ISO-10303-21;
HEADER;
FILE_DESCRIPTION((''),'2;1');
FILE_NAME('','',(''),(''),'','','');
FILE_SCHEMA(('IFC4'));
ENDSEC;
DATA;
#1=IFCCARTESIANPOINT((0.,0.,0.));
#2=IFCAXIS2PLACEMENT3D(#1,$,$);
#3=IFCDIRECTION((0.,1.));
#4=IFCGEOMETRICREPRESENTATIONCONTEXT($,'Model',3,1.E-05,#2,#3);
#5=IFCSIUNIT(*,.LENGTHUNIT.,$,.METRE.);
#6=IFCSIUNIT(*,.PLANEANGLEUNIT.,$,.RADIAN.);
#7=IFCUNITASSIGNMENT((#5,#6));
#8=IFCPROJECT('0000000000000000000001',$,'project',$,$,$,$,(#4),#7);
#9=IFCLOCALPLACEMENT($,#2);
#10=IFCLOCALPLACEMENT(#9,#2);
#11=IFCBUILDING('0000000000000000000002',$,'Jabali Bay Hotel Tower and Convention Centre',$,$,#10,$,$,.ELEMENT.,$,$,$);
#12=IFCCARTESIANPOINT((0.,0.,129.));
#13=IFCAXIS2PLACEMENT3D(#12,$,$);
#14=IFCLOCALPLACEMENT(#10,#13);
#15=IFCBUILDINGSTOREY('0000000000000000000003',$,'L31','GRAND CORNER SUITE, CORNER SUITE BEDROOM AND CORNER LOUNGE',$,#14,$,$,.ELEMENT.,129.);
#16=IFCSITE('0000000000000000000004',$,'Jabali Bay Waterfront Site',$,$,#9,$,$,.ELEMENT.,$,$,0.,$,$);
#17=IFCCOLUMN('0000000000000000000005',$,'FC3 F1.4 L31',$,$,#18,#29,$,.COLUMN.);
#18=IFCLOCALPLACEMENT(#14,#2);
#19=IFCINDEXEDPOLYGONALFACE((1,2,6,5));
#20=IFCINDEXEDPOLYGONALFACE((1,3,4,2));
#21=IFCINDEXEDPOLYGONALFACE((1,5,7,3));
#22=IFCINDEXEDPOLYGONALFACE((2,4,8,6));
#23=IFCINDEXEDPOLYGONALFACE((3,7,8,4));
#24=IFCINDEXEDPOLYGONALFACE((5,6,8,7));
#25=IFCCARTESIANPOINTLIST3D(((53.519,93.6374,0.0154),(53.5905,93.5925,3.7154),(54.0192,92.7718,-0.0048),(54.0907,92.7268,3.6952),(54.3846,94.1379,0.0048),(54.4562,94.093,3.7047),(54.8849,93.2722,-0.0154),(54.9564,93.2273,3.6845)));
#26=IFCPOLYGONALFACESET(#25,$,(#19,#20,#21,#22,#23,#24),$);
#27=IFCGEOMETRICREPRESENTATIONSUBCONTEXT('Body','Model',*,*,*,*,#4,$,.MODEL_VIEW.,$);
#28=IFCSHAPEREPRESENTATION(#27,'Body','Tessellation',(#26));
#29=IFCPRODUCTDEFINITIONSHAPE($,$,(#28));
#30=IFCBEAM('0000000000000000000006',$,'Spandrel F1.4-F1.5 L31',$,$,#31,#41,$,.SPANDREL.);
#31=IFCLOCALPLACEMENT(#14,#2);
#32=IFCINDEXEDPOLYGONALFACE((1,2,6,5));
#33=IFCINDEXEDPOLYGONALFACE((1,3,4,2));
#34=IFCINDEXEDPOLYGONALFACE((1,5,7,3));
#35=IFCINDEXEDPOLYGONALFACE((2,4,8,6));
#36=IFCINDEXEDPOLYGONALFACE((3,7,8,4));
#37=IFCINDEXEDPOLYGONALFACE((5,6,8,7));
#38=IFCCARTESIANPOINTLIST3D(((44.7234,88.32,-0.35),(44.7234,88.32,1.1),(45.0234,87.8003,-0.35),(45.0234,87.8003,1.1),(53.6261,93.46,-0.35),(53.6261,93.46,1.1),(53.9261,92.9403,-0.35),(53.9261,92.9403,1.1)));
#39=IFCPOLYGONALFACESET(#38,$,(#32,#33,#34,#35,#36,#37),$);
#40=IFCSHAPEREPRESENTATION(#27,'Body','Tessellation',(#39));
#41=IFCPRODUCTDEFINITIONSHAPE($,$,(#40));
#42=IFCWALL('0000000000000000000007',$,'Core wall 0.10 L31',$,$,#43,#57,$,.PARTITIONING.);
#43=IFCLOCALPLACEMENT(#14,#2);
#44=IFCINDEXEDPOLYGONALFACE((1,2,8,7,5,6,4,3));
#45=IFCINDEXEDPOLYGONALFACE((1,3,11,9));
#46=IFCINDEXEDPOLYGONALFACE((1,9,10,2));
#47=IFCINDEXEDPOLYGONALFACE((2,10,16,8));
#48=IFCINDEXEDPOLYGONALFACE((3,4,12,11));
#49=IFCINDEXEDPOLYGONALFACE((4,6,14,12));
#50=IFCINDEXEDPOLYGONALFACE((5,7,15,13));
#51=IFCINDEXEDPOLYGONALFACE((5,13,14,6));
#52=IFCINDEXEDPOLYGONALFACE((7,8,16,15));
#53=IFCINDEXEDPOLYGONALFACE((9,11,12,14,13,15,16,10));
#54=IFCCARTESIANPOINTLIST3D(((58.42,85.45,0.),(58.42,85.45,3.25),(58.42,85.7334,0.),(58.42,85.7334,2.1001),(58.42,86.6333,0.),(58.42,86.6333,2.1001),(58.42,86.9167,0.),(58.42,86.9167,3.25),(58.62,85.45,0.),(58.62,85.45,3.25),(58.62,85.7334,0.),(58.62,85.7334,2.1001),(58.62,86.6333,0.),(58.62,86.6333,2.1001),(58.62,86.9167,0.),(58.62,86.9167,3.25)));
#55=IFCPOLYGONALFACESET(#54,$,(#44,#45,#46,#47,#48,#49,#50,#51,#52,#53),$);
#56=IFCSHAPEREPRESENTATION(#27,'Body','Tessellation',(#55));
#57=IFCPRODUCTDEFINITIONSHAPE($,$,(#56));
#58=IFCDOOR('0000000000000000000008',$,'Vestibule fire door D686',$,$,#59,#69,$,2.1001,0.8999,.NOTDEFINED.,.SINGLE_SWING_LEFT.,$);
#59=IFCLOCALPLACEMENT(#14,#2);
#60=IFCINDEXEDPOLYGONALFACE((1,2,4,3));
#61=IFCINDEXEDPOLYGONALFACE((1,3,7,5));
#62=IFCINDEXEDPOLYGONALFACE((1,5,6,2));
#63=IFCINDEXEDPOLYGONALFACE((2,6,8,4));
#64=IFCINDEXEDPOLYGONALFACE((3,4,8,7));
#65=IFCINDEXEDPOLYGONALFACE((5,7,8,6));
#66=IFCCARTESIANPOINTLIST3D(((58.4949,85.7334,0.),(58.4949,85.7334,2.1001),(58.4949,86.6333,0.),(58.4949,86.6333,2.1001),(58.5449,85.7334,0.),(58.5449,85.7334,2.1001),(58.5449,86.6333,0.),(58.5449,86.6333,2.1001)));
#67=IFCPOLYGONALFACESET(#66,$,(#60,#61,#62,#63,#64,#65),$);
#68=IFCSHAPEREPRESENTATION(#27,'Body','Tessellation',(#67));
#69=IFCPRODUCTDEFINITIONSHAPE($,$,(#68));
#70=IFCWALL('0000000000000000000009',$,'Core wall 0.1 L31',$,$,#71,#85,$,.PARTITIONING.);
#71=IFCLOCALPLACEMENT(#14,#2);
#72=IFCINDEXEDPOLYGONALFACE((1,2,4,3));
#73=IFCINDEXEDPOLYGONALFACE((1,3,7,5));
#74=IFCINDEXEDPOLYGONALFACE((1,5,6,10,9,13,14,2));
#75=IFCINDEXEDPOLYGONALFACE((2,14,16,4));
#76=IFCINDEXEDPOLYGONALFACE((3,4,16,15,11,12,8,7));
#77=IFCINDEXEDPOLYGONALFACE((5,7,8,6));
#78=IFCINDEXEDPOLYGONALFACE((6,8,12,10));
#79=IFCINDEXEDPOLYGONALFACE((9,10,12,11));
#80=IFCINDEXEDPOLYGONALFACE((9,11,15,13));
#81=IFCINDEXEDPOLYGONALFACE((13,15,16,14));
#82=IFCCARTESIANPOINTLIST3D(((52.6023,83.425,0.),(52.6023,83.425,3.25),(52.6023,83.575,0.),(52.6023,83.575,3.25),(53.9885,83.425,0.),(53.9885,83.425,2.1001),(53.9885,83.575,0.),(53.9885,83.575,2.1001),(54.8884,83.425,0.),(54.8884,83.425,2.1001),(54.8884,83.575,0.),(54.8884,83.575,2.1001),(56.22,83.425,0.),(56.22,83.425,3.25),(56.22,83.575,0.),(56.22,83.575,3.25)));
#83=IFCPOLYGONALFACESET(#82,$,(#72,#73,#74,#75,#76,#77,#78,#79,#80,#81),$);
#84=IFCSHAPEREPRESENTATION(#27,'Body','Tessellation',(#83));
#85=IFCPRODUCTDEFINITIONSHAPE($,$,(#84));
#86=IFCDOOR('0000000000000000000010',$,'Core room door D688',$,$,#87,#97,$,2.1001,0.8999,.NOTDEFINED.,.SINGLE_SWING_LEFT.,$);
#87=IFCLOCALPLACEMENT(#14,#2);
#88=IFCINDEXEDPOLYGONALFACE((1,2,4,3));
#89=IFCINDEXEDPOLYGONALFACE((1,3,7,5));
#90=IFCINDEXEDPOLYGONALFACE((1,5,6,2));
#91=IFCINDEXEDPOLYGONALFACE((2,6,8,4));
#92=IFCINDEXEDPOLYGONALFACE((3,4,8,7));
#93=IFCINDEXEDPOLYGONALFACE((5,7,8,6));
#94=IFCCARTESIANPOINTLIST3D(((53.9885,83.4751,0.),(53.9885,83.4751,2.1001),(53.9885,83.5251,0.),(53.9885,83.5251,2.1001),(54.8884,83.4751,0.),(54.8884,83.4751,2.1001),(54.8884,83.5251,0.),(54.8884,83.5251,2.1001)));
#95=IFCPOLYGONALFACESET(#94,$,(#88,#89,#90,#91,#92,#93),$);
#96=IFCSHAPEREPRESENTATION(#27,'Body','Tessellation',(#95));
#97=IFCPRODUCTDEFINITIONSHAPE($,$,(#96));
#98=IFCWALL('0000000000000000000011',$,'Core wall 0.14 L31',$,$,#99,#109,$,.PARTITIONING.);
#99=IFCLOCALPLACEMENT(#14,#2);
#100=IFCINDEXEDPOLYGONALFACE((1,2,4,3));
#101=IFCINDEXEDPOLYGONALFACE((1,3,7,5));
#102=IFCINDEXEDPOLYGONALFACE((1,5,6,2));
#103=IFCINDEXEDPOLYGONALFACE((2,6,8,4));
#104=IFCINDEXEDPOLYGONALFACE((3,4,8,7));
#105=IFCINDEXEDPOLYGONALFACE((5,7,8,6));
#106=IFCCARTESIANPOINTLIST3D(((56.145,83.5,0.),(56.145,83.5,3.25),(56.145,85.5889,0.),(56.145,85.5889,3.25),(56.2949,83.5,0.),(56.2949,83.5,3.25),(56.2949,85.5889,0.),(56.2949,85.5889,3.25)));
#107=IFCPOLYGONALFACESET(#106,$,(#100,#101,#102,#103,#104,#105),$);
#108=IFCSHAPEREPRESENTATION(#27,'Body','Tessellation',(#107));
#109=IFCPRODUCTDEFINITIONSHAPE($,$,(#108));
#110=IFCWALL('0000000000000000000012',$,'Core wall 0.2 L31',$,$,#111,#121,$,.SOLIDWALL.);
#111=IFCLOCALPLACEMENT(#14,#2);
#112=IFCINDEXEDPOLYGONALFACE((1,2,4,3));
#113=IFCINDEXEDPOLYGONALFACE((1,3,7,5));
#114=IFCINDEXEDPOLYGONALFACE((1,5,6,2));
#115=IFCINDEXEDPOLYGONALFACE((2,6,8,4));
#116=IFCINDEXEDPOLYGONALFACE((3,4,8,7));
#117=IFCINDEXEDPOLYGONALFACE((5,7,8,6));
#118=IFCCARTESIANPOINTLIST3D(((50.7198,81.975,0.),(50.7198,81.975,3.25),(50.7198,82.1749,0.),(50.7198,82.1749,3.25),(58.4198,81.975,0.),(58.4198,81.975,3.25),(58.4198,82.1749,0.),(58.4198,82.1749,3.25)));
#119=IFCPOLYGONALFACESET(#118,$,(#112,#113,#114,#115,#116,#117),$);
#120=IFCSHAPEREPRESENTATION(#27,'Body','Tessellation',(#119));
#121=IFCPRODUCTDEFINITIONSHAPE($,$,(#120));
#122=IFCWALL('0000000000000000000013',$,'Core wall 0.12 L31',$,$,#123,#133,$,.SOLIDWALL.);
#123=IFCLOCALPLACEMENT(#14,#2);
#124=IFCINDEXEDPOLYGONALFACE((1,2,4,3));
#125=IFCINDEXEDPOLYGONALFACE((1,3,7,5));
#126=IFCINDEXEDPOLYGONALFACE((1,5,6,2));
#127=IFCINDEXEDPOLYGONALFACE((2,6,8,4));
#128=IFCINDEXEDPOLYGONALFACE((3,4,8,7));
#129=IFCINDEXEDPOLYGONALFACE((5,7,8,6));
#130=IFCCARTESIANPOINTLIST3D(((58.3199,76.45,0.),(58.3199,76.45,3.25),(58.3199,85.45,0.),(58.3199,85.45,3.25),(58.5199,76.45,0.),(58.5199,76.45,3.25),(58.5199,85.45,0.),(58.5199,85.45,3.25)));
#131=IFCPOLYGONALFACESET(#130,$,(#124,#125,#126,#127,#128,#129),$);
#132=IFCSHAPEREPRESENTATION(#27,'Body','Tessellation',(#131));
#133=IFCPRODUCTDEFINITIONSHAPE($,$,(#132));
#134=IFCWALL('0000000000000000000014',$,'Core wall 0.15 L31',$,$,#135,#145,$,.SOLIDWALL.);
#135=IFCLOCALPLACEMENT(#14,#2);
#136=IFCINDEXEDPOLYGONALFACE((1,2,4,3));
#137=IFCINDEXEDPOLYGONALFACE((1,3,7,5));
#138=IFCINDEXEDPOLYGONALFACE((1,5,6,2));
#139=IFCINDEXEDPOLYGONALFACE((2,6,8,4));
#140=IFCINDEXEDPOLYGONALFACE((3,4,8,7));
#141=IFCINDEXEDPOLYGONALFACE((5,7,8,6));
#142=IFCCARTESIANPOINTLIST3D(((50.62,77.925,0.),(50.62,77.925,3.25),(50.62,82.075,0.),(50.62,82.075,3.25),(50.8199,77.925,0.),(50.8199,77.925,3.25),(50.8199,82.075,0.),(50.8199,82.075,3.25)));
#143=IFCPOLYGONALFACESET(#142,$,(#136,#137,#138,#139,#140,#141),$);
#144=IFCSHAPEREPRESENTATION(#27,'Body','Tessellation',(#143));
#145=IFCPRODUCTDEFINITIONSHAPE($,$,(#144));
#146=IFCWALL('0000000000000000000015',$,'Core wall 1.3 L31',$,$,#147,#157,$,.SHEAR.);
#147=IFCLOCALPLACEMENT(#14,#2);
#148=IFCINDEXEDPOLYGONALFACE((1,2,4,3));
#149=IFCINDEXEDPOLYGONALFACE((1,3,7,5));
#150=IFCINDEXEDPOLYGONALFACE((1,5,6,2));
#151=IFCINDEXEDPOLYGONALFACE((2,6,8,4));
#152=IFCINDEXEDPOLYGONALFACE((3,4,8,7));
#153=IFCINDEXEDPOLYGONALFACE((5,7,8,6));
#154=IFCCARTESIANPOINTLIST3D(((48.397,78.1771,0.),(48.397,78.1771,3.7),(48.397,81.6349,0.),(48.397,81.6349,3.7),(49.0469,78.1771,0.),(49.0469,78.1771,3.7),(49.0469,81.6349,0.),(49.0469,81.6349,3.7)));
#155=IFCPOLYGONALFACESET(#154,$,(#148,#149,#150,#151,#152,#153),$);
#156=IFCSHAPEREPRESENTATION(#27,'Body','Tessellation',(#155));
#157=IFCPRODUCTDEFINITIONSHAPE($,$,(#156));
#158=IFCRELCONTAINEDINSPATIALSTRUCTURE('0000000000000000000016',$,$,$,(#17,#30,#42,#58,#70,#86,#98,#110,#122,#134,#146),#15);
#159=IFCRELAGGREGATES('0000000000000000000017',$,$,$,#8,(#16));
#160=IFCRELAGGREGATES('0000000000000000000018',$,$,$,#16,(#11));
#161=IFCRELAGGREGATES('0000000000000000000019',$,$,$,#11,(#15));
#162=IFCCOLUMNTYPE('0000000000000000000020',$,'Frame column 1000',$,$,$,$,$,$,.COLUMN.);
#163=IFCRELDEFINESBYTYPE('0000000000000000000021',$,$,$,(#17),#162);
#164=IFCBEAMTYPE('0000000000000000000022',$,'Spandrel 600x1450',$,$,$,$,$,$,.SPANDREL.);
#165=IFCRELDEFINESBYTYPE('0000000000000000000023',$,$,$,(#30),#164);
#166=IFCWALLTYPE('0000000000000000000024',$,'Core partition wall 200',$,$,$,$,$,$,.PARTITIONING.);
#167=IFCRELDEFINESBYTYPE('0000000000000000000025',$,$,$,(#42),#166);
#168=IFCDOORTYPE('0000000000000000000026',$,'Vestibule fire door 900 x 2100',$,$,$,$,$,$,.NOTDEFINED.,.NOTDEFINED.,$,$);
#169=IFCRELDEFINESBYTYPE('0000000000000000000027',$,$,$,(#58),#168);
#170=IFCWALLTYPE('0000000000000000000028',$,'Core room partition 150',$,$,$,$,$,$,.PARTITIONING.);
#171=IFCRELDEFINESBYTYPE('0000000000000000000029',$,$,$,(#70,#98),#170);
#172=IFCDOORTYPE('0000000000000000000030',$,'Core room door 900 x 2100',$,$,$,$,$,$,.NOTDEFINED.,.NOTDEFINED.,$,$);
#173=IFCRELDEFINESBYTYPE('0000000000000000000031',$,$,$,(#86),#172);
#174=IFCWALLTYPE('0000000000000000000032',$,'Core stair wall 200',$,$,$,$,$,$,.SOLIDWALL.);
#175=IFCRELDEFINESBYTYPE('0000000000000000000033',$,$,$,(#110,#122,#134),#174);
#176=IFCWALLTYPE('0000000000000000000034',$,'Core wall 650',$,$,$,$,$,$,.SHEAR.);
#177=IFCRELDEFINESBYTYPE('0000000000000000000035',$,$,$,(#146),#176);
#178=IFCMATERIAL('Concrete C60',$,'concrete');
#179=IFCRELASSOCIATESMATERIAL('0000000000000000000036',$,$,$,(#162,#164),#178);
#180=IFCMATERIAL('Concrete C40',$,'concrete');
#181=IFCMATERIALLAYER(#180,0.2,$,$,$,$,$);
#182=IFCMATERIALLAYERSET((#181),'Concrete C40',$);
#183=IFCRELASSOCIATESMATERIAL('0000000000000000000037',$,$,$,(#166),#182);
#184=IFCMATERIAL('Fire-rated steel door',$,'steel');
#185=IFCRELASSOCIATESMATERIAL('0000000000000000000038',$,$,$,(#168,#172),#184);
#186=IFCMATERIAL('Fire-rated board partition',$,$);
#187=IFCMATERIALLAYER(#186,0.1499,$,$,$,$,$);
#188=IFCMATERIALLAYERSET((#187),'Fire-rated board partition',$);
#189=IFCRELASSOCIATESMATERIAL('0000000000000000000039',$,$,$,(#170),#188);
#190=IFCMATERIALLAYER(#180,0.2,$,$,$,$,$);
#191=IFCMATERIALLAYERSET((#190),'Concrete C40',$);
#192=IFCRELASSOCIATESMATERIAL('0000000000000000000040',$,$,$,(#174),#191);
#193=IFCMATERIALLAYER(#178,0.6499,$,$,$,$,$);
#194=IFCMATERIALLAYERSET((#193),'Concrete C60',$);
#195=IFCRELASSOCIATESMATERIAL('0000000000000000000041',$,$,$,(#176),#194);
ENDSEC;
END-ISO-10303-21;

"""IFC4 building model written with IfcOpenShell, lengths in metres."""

from ifc_helpers import new_model, si_unit, direction, frame, frame_2d, origin, origin_2d, place, context, subcontext, project, spatial, rectangle, extrude, material, layer, layer_set, material_profile, profile_set, type_object, element, fill, save


model = new_model("IFC4")

# Units and contexts
model_context = context("Model", 3, precision=1e-05, world=origin(), true_north=direction((0.0, 1.0)))
body_context = subcontext(model_context, "Body", "Model", "MODEL_VIEW")
ifc_project = project(units=[si_unit("LENGTHUNIT", "METRE"), si_unit("PLANEANGLEUNIT", "RADIAN")], contexts=[model_context])

# Site, building, storey
site_placement = place(None, origin())
site = spatial("IfcSite", under=ifc_project, at=site_placement, Name="Jabali Bay Waterfront Site", CompositionType="ELEMENT", RefElevation=0.0)
building_placement = place(site_placement, origin())
building = spatial("IfcBuilding", under=site, at=building_placement, Name="Jabali Bay Hotel Tower and Convention Centre", CompositionType="ELEMENT")
storey_placement = place(building_placement, frame((0.0, 0.0, 129.0)))
storey = spatial("IfcBuildingStorey", under=building, at=storey_placement, Name="L31", Description="GRAND CORNER SUITE, CORNER SUITE BEDROOM AND CORNER LOUNGE", CompositionType="ELEMENT", Elevation=129.0)

# Column
ifc_material_1 = material(Name="Concrete C60", Category="concrete")
ifc_material_profile_1 = material_profile(ifc_material_1, rectangle(XDim=1.0, YDim=1.0, at=origin_2d()), Name="Frame column 1000")
ifc_profile_set_1 = profile_set([ifc_material_profile_1], Name="Concrete C60")
column_type = type_object("IfcColumnType", Name="Frame column 1000", PredefinedType="COLUMN", material=ifc_profile_set_1)
column_placement = place(storey_placement, frame((54.2019, 93.4548, 0.0), z_axis=(0.019329, -0.012138, 0.99974), x_axis=(-0.500214, 0.865666, 0.020181)))
element("IfcColumn", 1, at=column_placement, inside=storey, type_object=column_type, Name="FC3 F1.4 L31", PredefinedType="COLUMN", context=body_context, shape_type="SweptSolid", body=[
    extrude(rectangle(XDim=1.0, YDim=1.0, at=origin_2d()), origin(), (0.0, 0.0, 1.0), 3.7009),
])

# Beam
ifc_material_profile_2 = material_profile(ifc_material_1, rectangle(XDim=0.6001, YDim=1.45, at=origin_2d()), Name="Spandrel 600x1450")
ifc_profile_set_2 = profile_set([ifc_material_profile_2], Name="Concrete C60")
beam_type = type_object("IfcBeamType", Name="Spandrel 600x1450", PredefinedType="SPANDREL", material=ifc_profile_set_2)
beam_placement = place(storey_placement, frame((53.7761, 93.2002, 0.375), z_axis=(-0.866022, -0.500006, 0.0), x_axis=(0.500006, -0.866022, 0.0)))
element("IfcBeam", 2, at=beam_placement, inside=storey, type_object=beam_type, Name="Spandrel F1.4-F1.5 L31", PredefinedType="SPANDREL", context=body_context, shape_type="SweptSolid", body=[
    extrude(rectangle(XDim=0.6001, YDim=1.45, at=origin_2d()), origin(), (0.0, 0.0, 1.0), 10.28),
])

# Walls, openings, doors
ifc_material_2 = material(Name="Concrete C40", Category="concrete")
ifc_layer_1 = layer(ifc_material_2, 0.2)
ifc_layer_set_1 = layer_set([ifc_layer_1], Name="Concrete C40")
wall_type_1 = type_object("IfcWallType", Name="Core partition wall 200", PredefinedType="PARTITIONING", material=ifc_layer_set_1)
wall_1_placement = place(storey_placement, frame((58.52, 86.9167, 0.0), z_axis=(0.0, 0.0, 1.0), x_axis=(0.0, -1.0, 0.0)))
wall_1 = element("IfcWall", 3, at=wall_1_placement, inside=storey, type_object=wall_type_1, Name="Core wall 0.10 L31", PredefinedType="PARTITIONING", context=body_context, shape_type="SweptSolid", body=[
    extrude(rectangle(XDim=1.4668, YDim=0.2, at=frame_2d((0.7334, 0.0))), origin(), (0.0, 0.0, 1.0), 3.25),
])
opening_1_placement = place(wall_1_placement, frame((0.2834, 0.0, 0.0)))
opening_1 = element("IfcOpeningElement", 4, at=opening_1_placement, cuts=wall_1, PredefinedType="OPENING", context=body_context, shape_type="SweptSolid", body=[
    extrude(rectangle(XDim=0.8999, YDim=2.1001, at=frame_2d((0.45, 1.05))), frame((0.0, 0.1104, 0.0), z_axis=(0.0, -1.0, 0.0), x_axis=(1.0, 0.0, 0.0)), (0.0, 0.0, 1.0), 0.2209),
])
ifc_material_3 = material(Name="Fire-rated steel door", Category="steel")
door_type_1 = type_object("IfcDoorType", Name="Vestibule fire door 900 x 2100", OperationType="NOTDEFINED", PredefinedType="NOTDEFINED", material=ifc_material_3)
door_1_placement = place(opening_1_placement, origin())
door_1 = element("IfcDoor", 5, at=door_1_placement, inside=storey, type_object=door_type_1, Name="Vestibule fire door D686", OperationType="SINGLE_SWING_LEFT", OverallHeight=2.1001, OverallWidth=0.8999, PredefinedType="NOTDEFINED", context=body_context, shape_type="SweptSolid", body=[
    extrude(rectangle(XDim=0.8999, YDim=2.1001, at=frame_2d((0.45, 1.05))), frame((0.0, 0.0249, 0.0), z_axis=(0.0, -1.0, 0.0), x_axis=(1.0, 0.0, 0.0)), (0.0, 0.0, 1.0), 0.05),
])
fill(opening_1, door_1)
ifc_material_4 = material(Name="Fire-rated board partition")
ifc_layer_2 = layer(ifc_material_4, 0.1499)
ifc_layer_set_2 = layer_set([ifc_layer_2], Name="Fire-rated board partition")
wall_type_2 = type_object("IfcWallType", Name="Core room partition 150", PredefinedType="PARTITIONING", material=ifc_layer_set_2)
wall_2_placement = place(storey_placement, frame((56.22, 83.5, 0.0), z_axis=(0.0, 0.0, 1.0), x_axis=(-1.0, 0.0, 0.0)))
wall_2 = element("IfcWall", 6, at=wall_2_placement, inside=storey, type_object=wall_type_2, Name="Core wall 0.1 L31", PredefinedType="PARTITIONING", context=body_context, shape_type="SweptSolid", body=[
    extrude(rectangle(XDim=3.6177, YDim=0.1499, at=frame_2d((1.8088, 0.0))), origin(), (0.0, 0.0, 1.0), 3.25),
])
opening_2_placement = place(wall_2_placement, frame((1.3315, 0.0, 0.0)))
opening_2 = element("IfcOpeningElement", 7, at=opening_2_placement, cuts=wall_2, PredefinedType="OPENING", context=body_context, shape_type="SweptSolid", body=[
    extrude(rectangle(XDim=0.8999, YDim=2.1001, at=frame_2d((0.45, 1.05))), frame((0.0, 0.0854, 0.0), z_axis=(0.0, -1.0, 0.0), x_axis=(1.0, 0.0, 0.0)), (0.0, 0.0, 1.0), 0.1709),
])
door_type_2 = type_object("IfcDoorType", Name="Core room door 900 x 2100", OperationType="NOTDEFINED", PredefinedType="NOTDEFINED", material=ifc_material_3)
door_2_placement = place(opening_2_placement, origin())
door_2 = element("IfcDoor", 8, at=door_2_placement, inside=storey, type_object=door_type_2, Name="Core room door D688", OperationType="SINGLE_SWING_LEFT", OverallHeight=2.1001, OverallWidth=0.8999, PredefinedType="NOTDEFINED", context=body_context, shape_type="SweptSolid", body=[
    extrude(rectangle(XDim=0.8999, YDim=2.1001, at=frame_2d((0.45, 1.05))), frame((0.0, 0.0249, 0.0), z_axis=(0.0, -1.0, 0.0), x_axis=(1.0, 0.0, 0.0)), (0.0, 0.0, 1.0), 0.05),
])
fill(opening_2, door_2)

# Walls
wall_3_placement = place(storey_placement, frame((56.22, 85.5889, 0.0), z_axis=(0.0, 0.0, 1.0), x_axis=(0.0, -1.0, 0.0)))
element("IfcWall", 9, at=wall_3_placement, inside=storey, type_object=wall_type_2, Name="Core wall 0.14 L31", PredefinedType="PARTITIONING", context=body_context, shape_type="SweptSolid", body=[
    extrude(rectangle(XDim=2.0889, YDim=0.1499, at=frame_2d((1.0444, 0.0))), origin(), (0.0, 0.0, 1.0), 3.25),
])
ifc_layer_3 = layer(ifc_material_2, 0.2)
ifc_layer_set_3 = layer_set([ifc_layer_3], Name="Concrete C40")
wall_type_3 = type_object("IfcWallType", Name="Core stair wall 200", PredefinedType="SOLIDWALL", material=ifc_layer_set_3)
wall_4_placement = place(storey_placement, frame((58.4199, 82.075, 0.0), z_axis=(0.0, 0.0, 1.0), x_axis=(-1.0, 0.0, 0.0)))
element("IfcWall", 10, at=wall_4_placement, inside=storey, type_object=wall_type_3, Name="Core wall 0.2 L31", PredefinedType="SOLIDWALL", context=body_context, shape_type="SweptSolid", body=[
    extrude(rectangle(XDim=7.7, YDim=0.2, at=frame_2d((3.8501, 0.0))), origin(), (0.0, 0.0, 1.0), 3.25),
])
wall_5_placement = place(storey_placement, frame((58.4199, 85.45, 0.0), z_axis=(0.0, 0.0, 1.0), x_axis=(0.0, -1.0, 0.0)))
element("IfcWall", 11, at=wall_5_placement, inside=storey, type_object=wall_type_3, Name="Core wall 0.12 L31", PredefinedType="SOLIDWALL", context=body_context, shape_type="SweptSolid", body=[
    extrude(rectangle(XDim=9.0, YDim=0.2, at=frame_2d((4.5, 0.0))), origin(), (0.0, 0.0, 1.0), 3.25),
])
wall_6_placement = place(storey_placement, frame((50.72, 82.075, 0.0), z_axis=(0.0, 0.0, 1.0), x_axis=(0.0, -1.0, 0.0)))
element("IfcWall", 12, at=wall_6_placement, inside=storey, type_object=wall_type_3, Name="Core wall 0.15 L31", PredefinedType="SOLIDWALL", context=body_context, shape_type="SweptSolid", body=[
    extrude(rectangle(XDim=4.1499, YDim=0.2, at=frame_2d((2.075, 0.0))), origin(), (0.0, 0.0, 1.0), 3.25),
])
ifc_layer_4 = layer(ifc_material_1, 0.6499)
ifc_layer_set_4 = layer_set([ifc_layer_4], Name="Concrete C60")
wall_type_4 = type_object("IfcWallType", Name="Core wall 650", PredefinedType="SHEAR", material=ifc_layer_set_4)
wall_7_placement = place(storey_placement, frame((48.7219, 81.635, 0.0), z_axis=(0.0, 0.0, 1.0), x_axis=(0.0, -1.0, 0.0)))
element("IfcWall", 13, at=wall_7_placement, inside=storey, type_object=wall_type_4, Name="Core wall 1.3 L31", PredefinedType="SHEAR", context=body_context, shape_type="SweptSolid", body=[
    extrude(rectangle(XDim=3.4578, YDim=0.6499, at=frame_2d((1.729, 0.0))), origin(), (0.0, 0.0, 1.0), 3.7),
])

save(model, "model.ifc")
